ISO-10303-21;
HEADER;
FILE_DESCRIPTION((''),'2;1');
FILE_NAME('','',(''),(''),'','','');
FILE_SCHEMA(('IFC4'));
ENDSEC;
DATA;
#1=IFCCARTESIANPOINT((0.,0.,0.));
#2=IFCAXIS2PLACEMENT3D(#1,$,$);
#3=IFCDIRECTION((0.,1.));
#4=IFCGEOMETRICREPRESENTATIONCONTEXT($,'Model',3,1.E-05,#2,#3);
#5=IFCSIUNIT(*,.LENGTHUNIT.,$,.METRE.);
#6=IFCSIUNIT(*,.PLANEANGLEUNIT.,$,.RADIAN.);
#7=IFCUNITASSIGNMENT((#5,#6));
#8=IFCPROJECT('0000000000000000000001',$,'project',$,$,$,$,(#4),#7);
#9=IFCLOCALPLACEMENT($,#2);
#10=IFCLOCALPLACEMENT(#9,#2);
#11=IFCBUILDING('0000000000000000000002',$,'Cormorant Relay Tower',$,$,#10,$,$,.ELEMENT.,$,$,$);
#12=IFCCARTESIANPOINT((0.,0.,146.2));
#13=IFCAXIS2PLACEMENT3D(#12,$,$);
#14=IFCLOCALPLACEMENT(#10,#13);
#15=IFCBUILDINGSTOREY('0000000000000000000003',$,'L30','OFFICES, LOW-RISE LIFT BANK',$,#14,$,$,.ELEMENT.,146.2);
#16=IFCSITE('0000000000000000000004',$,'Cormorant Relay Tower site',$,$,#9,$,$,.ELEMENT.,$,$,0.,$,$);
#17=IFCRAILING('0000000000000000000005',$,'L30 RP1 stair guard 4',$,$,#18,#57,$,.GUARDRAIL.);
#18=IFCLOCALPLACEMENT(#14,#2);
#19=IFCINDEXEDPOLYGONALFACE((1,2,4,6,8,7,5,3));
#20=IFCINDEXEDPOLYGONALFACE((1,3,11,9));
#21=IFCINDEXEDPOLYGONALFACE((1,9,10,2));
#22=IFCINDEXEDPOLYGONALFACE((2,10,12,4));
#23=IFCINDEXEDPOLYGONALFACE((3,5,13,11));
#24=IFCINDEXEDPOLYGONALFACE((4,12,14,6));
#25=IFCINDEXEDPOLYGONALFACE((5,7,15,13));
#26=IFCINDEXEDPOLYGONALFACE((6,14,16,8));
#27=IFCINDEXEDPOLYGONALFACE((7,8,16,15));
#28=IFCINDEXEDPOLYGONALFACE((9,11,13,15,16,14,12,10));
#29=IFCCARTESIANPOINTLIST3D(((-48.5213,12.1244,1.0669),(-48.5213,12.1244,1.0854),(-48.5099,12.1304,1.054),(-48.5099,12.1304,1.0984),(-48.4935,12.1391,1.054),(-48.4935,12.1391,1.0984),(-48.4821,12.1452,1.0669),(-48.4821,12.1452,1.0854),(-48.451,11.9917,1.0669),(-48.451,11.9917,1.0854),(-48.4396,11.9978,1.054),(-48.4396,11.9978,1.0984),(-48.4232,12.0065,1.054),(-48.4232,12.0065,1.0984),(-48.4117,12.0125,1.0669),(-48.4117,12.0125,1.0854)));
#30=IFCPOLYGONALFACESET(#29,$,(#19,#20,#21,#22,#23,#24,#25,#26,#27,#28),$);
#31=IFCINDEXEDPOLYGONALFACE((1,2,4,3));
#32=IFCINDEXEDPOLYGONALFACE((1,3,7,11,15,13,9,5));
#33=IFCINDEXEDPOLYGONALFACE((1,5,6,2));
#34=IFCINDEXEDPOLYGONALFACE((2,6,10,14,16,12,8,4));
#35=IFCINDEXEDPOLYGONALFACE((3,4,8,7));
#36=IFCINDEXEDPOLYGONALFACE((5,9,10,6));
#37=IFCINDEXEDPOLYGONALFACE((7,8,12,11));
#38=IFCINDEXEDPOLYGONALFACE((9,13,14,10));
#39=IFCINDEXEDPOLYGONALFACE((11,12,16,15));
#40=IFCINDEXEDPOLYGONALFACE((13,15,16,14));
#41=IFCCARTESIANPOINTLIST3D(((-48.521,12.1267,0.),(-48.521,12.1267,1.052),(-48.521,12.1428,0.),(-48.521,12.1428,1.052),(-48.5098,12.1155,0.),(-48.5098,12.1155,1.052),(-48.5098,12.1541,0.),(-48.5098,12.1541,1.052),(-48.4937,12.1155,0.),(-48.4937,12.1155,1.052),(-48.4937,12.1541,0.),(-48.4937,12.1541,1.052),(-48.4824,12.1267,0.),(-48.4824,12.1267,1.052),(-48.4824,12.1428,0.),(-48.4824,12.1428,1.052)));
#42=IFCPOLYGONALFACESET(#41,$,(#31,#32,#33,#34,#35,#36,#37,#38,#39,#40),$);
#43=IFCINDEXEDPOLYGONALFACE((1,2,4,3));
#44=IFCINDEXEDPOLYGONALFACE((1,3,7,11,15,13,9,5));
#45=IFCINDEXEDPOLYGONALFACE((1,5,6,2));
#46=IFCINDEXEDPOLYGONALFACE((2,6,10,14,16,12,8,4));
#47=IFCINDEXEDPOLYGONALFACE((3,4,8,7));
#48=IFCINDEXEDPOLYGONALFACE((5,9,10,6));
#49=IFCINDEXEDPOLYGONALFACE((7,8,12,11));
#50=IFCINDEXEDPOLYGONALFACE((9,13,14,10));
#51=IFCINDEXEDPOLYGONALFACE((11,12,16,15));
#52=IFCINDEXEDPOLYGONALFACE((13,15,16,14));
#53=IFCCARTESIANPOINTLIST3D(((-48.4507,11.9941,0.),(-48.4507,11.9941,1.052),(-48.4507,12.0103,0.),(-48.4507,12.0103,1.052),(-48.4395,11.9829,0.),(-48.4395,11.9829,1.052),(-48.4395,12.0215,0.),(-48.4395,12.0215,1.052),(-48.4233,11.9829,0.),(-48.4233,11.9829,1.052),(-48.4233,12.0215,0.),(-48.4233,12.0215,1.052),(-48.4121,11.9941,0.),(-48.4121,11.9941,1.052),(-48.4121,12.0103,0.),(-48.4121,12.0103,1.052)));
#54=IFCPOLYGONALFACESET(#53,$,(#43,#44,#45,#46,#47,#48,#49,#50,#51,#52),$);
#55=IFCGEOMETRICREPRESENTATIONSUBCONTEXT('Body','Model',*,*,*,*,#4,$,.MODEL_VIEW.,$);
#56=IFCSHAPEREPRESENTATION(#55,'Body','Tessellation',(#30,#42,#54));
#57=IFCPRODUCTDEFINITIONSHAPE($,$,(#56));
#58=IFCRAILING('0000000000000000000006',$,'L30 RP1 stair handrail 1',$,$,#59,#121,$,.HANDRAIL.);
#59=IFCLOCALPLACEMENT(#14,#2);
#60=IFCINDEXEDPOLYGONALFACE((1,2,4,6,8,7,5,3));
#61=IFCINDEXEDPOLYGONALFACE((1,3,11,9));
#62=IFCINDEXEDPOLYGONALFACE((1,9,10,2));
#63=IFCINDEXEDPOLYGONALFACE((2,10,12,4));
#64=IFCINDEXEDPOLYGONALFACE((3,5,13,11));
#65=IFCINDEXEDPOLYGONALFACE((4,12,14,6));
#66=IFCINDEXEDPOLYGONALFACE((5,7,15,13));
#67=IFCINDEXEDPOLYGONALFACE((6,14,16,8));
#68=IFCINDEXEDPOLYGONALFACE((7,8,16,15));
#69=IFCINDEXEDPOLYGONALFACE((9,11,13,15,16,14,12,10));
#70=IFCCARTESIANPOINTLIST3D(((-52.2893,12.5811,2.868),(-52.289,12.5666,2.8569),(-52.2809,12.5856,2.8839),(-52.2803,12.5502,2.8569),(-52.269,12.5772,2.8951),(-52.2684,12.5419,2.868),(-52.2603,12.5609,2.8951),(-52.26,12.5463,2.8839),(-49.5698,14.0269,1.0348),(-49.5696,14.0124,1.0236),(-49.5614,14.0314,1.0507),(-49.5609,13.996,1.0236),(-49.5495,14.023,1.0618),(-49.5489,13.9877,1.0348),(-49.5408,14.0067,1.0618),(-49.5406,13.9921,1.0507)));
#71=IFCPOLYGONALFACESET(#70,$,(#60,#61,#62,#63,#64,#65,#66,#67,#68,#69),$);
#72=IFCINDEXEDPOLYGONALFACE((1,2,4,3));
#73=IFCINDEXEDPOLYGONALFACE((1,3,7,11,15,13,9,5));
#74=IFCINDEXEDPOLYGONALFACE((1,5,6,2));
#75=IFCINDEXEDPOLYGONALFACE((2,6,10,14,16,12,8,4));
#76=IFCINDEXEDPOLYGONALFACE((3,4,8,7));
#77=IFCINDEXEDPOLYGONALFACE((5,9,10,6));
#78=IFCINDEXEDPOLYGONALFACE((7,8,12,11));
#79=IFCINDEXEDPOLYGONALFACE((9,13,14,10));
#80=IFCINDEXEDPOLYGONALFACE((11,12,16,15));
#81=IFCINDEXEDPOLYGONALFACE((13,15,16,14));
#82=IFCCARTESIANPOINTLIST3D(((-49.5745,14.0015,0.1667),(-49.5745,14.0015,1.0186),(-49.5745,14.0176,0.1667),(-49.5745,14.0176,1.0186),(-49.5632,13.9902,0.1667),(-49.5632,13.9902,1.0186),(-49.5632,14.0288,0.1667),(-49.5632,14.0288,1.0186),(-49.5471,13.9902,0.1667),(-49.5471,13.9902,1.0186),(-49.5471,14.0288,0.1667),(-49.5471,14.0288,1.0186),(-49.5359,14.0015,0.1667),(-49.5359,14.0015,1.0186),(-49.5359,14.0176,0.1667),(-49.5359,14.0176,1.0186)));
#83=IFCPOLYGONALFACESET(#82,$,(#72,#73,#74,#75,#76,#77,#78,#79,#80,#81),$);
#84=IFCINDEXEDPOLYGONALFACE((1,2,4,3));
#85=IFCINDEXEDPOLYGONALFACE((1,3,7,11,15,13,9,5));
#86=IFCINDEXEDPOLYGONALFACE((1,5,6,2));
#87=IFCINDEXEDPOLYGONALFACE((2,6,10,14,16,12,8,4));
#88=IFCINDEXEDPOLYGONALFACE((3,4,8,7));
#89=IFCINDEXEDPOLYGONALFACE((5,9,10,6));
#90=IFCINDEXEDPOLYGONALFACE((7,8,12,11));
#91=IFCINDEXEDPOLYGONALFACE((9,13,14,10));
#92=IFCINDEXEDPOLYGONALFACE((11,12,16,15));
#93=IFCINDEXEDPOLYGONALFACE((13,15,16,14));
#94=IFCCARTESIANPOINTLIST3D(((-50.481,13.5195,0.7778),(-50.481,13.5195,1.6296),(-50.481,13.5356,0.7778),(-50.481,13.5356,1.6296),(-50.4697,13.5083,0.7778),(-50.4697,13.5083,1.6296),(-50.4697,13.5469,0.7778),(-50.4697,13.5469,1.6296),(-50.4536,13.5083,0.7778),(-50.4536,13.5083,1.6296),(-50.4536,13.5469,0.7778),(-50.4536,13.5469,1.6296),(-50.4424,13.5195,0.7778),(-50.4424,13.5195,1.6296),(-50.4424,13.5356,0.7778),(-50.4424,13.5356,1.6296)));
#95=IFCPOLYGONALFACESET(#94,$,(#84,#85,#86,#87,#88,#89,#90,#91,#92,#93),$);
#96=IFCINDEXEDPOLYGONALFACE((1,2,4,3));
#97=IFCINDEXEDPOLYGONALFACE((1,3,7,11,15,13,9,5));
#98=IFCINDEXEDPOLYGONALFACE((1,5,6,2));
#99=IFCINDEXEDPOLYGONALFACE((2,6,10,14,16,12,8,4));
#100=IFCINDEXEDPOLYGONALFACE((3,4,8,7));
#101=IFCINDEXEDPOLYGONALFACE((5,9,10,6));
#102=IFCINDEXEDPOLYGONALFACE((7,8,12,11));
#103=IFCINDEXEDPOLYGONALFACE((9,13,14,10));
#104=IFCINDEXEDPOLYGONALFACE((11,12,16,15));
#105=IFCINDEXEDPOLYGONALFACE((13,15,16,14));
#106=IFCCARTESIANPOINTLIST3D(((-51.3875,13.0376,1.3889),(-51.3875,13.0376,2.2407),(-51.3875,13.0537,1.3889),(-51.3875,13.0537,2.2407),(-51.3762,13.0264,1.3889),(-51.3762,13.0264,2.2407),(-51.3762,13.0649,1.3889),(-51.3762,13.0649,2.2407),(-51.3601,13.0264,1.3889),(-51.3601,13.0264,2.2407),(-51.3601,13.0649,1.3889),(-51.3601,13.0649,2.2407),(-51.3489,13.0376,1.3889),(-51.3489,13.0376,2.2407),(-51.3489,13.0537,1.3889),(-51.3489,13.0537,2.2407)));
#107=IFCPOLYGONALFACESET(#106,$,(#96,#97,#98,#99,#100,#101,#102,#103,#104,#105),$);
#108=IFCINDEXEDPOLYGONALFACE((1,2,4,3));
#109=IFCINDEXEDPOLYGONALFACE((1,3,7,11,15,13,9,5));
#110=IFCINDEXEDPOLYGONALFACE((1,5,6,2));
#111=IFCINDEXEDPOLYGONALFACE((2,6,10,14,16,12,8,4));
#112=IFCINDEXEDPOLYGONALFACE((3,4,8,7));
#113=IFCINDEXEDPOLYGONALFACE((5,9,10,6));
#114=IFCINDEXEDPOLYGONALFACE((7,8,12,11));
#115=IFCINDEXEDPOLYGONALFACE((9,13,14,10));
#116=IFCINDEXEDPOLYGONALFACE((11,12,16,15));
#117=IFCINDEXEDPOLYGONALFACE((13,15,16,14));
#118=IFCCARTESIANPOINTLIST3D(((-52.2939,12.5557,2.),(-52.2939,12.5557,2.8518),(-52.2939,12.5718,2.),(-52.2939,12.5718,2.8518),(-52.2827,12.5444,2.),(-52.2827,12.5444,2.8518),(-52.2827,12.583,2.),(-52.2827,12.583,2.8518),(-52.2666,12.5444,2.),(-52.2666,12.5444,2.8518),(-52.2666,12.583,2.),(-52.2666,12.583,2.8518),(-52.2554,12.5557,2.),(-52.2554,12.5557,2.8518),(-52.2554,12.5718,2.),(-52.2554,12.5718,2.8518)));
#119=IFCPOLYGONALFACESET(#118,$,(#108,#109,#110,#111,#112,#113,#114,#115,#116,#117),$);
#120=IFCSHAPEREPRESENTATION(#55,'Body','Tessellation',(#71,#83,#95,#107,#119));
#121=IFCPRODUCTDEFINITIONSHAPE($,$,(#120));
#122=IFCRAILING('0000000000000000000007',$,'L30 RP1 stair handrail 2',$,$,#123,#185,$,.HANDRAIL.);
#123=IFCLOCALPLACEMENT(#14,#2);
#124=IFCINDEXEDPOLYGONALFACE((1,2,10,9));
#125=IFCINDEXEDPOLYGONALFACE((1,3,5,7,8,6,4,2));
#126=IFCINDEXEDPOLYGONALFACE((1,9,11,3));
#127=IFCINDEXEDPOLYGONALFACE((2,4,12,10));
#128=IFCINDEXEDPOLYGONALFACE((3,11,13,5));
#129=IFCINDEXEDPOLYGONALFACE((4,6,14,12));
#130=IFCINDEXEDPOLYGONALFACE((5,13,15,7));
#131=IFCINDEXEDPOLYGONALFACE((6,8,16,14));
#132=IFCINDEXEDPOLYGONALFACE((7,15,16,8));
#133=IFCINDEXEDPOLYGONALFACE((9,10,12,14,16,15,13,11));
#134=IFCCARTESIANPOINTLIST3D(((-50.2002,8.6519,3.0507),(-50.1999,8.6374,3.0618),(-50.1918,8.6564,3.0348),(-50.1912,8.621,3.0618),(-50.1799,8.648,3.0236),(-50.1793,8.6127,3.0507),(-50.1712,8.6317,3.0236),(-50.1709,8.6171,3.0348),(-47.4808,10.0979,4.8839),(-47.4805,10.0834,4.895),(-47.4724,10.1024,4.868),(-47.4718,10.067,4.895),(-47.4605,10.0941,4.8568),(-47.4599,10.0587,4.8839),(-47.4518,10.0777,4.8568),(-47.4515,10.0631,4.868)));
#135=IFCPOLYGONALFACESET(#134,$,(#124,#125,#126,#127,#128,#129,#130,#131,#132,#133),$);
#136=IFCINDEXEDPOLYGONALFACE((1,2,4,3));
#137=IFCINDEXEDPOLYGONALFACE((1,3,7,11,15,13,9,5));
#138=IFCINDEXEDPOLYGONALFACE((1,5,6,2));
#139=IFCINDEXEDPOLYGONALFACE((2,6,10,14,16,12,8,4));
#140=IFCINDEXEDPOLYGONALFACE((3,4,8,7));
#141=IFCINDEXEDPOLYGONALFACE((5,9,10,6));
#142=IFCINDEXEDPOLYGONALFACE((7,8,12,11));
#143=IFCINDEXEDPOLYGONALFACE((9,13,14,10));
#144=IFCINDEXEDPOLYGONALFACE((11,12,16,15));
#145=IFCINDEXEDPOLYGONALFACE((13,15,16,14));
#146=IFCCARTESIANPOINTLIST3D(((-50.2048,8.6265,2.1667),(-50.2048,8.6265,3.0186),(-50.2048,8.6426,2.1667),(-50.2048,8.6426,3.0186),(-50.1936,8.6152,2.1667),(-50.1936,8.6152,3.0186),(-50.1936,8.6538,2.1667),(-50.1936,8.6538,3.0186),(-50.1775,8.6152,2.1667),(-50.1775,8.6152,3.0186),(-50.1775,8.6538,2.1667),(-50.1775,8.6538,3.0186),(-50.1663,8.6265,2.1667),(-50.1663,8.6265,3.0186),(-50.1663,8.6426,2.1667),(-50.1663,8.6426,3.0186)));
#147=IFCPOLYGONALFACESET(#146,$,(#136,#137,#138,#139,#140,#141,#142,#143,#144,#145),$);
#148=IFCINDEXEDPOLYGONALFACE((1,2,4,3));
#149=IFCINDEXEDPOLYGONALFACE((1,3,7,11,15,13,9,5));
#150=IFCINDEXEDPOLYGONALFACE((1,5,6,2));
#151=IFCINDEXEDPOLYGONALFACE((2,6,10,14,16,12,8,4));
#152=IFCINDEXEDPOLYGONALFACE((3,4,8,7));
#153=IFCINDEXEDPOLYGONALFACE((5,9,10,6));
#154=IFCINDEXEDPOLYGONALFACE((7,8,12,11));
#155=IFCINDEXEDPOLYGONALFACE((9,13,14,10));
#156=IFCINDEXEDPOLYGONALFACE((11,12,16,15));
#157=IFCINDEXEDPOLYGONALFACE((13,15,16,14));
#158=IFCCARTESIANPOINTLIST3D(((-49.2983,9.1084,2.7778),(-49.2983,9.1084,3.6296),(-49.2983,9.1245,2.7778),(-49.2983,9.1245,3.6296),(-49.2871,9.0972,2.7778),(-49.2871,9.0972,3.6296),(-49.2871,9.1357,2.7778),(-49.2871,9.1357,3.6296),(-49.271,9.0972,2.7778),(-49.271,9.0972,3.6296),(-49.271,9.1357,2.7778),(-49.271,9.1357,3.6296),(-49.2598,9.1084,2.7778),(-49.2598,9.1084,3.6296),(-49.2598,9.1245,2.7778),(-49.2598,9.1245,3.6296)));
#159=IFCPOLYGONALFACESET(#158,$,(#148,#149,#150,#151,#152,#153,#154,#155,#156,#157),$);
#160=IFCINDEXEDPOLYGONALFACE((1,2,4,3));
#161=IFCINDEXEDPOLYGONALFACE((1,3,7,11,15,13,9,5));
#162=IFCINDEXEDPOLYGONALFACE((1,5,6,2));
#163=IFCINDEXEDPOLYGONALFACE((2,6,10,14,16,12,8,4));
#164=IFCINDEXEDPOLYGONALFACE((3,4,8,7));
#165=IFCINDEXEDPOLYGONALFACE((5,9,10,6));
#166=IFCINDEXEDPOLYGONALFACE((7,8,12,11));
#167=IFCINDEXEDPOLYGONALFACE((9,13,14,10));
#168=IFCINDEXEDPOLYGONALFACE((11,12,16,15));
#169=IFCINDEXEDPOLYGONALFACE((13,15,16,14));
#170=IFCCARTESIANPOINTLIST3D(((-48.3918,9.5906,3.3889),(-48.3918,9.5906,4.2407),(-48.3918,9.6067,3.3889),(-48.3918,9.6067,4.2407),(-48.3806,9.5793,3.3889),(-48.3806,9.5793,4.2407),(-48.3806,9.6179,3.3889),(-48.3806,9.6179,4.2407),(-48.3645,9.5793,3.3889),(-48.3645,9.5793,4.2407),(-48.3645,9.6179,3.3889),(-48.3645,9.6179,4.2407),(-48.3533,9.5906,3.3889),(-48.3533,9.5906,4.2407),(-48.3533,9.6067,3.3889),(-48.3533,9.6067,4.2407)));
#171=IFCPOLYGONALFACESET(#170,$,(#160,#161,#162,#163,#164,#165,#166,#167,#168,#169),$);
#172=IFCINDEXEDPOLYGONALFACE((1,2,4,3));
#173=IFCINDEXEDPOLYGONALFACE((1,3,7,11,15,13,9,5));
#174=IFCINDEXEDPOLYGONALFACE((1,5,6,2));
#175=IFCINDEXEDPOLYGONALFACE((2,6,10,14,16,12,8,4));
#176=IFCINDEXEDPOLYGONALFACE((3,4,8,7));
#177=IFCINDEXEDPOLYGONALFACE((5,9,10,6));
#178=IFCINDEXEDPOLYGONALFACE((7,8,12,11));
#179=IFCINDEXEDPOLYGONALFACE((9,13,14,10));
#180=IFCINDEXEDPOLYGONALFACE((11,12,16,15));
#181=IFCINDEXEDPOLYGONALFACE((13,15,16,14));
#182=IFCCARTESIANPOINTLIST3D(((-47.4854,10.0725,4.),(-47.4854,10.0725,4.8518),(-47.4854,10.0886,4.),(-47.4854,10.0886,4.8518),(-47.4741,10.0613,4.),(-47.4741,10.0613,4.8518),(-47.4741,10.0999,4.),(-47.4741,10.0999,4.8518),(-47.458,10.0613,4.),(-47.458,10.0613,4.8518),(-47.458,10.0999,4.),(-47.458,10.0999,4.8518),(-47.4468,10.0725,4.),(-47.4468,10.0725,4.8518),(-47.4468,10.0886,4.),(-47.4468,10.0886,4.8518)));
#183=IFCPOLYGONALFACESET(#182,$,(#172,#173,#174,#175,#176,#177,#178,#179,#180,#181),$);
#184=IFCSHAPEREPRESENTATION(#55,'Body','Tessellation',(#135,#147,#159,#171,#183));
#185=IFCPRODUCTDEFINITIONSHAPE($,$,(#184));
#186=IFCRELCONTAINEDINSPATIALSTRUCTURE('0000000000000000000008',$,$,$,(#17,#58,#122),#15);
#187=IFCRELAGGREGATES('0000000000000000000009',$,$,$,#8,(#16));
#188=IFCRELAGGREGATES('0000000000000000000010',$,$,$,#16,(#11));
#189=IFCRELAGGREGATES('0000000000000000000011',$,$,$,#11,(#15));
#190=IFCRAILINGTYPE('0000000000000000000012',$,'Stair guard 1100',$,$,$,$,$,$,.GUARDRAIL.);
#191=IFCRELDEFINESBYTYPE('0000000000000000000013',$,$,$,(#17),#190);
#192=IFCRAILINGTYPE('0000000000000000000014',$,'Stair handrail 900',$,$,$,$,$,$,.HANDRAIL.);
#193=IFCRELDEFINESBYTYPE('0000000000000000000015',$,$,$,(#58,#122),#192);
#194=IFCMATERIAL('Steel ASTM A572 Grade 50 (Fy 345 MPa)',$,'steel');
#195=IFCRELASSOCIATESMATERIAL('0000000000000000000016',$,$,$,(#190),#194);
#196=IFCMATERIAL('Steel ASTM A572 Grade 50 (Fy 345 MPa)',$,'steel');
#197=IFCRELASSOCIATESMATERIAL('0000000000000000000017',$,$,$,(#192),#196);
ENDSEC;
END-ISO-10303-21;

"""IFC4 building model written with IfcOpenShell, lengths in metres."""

from ifc_helpers import new_model, si_unit, direction, frame, origin, place, context, subcontext, project, spatial, polyline, outline, extrude, material, type_object, element, save


model = new_model("IFC4")

# Units and contexts
model_context = context("Model", 3, precision=1e-05, world=origin(), true_north=direction((0.0, 1.0)))
body_context = subcontext(model_context, "Body", "Model", "MODEL_VIEW")
ifc_project = project(units=[si_unit("LENGTHUNIT", "METRE"), si_unit("PLANEANGLEUNIT", "RADIAN")], contexts=[model_context])

# Site, building, storey
site_placement = place(None, origin())
site = spatial("IfcSite", under=ifc_project, at=site_placement, Name="Cormorant Relay Tower site", CompositionType="ELEMENT", RefElevation=0.0)
building_placement = place(site_placement, origin())
building = spatial("IfcBuilding", under=site, at=building_placement, Name="Cormorant Relay Tower", CompositionType="ELEMENT")
storey_placement = place(building_placement, frame((0.0, 0.0, 146.2)))
storey = spatial("IfcBuildingStorey", under=building, at=storey_placement, Name="L30", Description="OFFICES, LOW-RISE LIFT BANK", CompositionType="ELEMENT", Elevation=146.2)

# Railings
ifc_material_1 = material(Name="Steel ASTM A572 Grade 50 (Fy 345 MPa)", Category="steel")
railing_type_1 = type_object("IfcRailingType", Name="Stair guard 1100", PredefinedType="GUARDRAIL", material=ifc_material_1)
railing_1_placement = place(storey_placement, frame((-48.5017, 12.1348, 0.0)))
element("IfcRailing", 1, at=railing_1_placement, inside=storey, type_object=railing_type_1, Name="L30 RP1 stair guard 4", PredefinedType="GUARDRAIL", context=body_context, shape_type="SweptSolid", body=[
    extrude(outline(polyline([(0.0222, 0.0093), (0.0093, 0.0222), (-0.0093, 0.0222), (-0.0222, 0.0093), (-0.0222, -0.0093), (-0.0093, -0.0222), (0.0093, -0.0222), (0.0222, -0.0093), (0.0222, 0.0093)])), frame((0.0, 0.0, 1.0762), z_axis=(0.46856, -0.883431, 0.0), x_axis=(0.883431, 0.46856, 0.0)), (0.0, 0.0, 1.0), 0.1501),
    extrude(outline(polyline([(0.0193, 0.0081), (0.0081, 0.0193), (-0.0081, 0.0193), (-0.0193, 0.0081), (-0.0193, -0.0081), (-0.0081, -0.0193), (0.0081, -0.0193), (0.0193, -0.0081), (0.0193, 0.0081)])), origin(), (0.0, 0.0, 1.0), 1.052),
    extrude(outline(polyline([(0.0193, 0.0081), (0.0081, 0.0193), (-0.0081, 0.0193), (-0.0193, 0.0081), (-0.0193, -0.0081), (-0.0081, -0.0193), (0.0081, -0.0193), (0.0193, -0.0081), (0.0193, 0.0081)])), frame((0.0703, -0.1326, 0.0)), (0.0, 0.0, 1.0), 1.052),
])
ifc_material_2 = material(Name="Steel ASTM A572 Grade 50 (Fy 345 MPa)", Category="steel")
railing_type_2 = type_object("IfcRailingType", Name="Stair handrail 900", PredefinedType="HANDRAIL", material=ifc_material_2)
railing_2_placement = place(storey_placement, frame((-49.5552, 14.0095, 0.1667)))
element("IfcRailing", 2, at=railing_2_placement, inside=storey, type_object=railing_type_2, Name="L30 RP1 stair handrail 1", PredefinedType="HANDRAIL", context=body_context, shape_type="SweptSolid", body=[
    extrude(outline(polyline([(0.0222, 0.0093), (0.0093, 0.0222), (-0.0093, 0.0222), (-0.0222, 0.0093), (-0.0222, -0.0093), (-0.0093, -0.0222), (0.0093, -0.0222), (0.0222, -0.0093), (0.0222, 0.0093)])), frame((0.0, 0.0, 0.876), z_axis=(-0.758735, -0.403378, 0.511477), x_axis=(0.469428, -0.882971, 0.0)), (0.0, 0.0, 1.0), 3.5842),
    extrude(outline(polyline([(0.0193, 0.0081), (0.0081, 0.0193), (-0.0081, 0.0193), (-0.0193, 0.0081), (-0.0193, -0.0081), (-0.0081, -0.0193), (0.0081, -0.0193), (0.0193, -0.0081), (0.0193, 0.0081)])), origin(), (0.0, 0.0, 1.0), 0.8518),
    extrude(outline(polyline([(0.0193, 0.0081), (0.0081, 0.0193), (-0.0081, 0.0193), (-0.0193, 0.0081), (-0.0193, -0.0081), (-0.0081, -0.0193), (0.0081, -0.0193), (0.0193, -0.0081), (0.0193, 0.0081)])), frame((-0.9065, -0.4819, 0.6111)), (0.0, 0.0, 1.0), 0.8518),
    extrude(outline(polyline([(0.0193, 0.0081), (0.0081, 0.0193), (-0.0081, 0.0193), (-0.0193, 0.0081), (-0.0193, -0.0081), (-0.0081, -0.0193), (0.0081, -0.0193), (0.0193, -0.0081), (0.0193, 0.0081)])), frame((-1.813, -0.9639, 1.2222)), (0.0, 0.0, 1.0), 0.8518),
    extrude(outline(polyline([(0.0193, 0.0081), (0.0081, 0.0193), (-0.0081, 0.0193), (-0.0193, 0.0081), (-0.0193, -0.0081), (-0.0081, -0.0193), (0.0081, -0.0193), (0.0193, -0.0081), (0.0193, 0.0081)])), frame((-2.7195, -1.4458, 1.8333)), (0.0, 0.0, 1.0), 0.8518),
])
railing_3_placement = place(storey_placement, frame((-50.1855, 8.6345, 2.1667)))
element("IfcRailing", 3, at=railing_3_placement, inside=storey, type_object=railing_type_2, Name="L30 RP1 stair handrail 2", PredefinedType="HANDRAIL", context=body_context, shape_type="SweptSolid", body=[
    extrude(outline(polyline([(0.0222, 0.0093), (0.0093, 0.0222), (-0.0093, 0.0222), (-0.0222, 0.0093), (-0.0222, -0.0093), (-0.0093, -0.0222), (0.0093, -0.0222), (0.0222, -0.0093), (0.0222, 0.0093)])), frame((0.0, 0.0, 0.876), z_axis=(0.758714, 0.403435, 0.511463), x_axis=(-0.469489, 0.882938, 0.0)), (0.0, 0.0, 1.0), 3.5842),
    extrude(outline(polyline([(0.0193, 0.0081), (0.0081, 0.0193), (-0.0081, 0.0193), (-0.0193, 0.0081), (-0.0193, -0.0081), (-0.0081, -0.0193), (0.0081, -0.0193), (0.0193, -0.0081), (0.0193, 0.0081)])), origin(), (0.0, 0.0, 1.0), 0.8518),
    extrude(outline(polyline([(0.0193, 0.0081), (0.0081, 0.0193), (-0.0081, 0.0193), (-0.0193, 0.0081), (-0.0193, -0.0081), (-0.0081, -0.0193), (0.0081, -0.0193), (0.0193, -0.0081), (0.0193, 0.0081)])), frame((0.9065, 0.4819, 0.6111)), (0.0, 0.0, 1.0), 0.8518),
    extrude(outline(polyline([(0.0193, 0.0081), (0.0081, 0.0193), (-0.0081, 0.0193), (-0.0193, 0.0081), (-0.0193, -0.0081), (-0.0081, -0.0193), (0.0081, -0.0193), (0.0193, -0.0081), (0.0193, 0.0081)])), frame((1.813, 0.9641, 1.2222)), (0.0, 0.0, 1.0), 0.8518),
    extrude(outline(polyline([(0.0193, 0.0081), (0.0081, 0.0193), (-0.0081, 0.0193), (-0.0193, 0.0081), (-0.0193, -0.0081), (-0.0081, -0.0193), (0.0081, -0.0193), (0.0193, -0.0081), (0.0193, 0.0081)])), frame((2.7195, 1.446, 1.8333)), (0.0, 0.0, 1.0), 0.8518),
])

save(model, "model.ifc")
